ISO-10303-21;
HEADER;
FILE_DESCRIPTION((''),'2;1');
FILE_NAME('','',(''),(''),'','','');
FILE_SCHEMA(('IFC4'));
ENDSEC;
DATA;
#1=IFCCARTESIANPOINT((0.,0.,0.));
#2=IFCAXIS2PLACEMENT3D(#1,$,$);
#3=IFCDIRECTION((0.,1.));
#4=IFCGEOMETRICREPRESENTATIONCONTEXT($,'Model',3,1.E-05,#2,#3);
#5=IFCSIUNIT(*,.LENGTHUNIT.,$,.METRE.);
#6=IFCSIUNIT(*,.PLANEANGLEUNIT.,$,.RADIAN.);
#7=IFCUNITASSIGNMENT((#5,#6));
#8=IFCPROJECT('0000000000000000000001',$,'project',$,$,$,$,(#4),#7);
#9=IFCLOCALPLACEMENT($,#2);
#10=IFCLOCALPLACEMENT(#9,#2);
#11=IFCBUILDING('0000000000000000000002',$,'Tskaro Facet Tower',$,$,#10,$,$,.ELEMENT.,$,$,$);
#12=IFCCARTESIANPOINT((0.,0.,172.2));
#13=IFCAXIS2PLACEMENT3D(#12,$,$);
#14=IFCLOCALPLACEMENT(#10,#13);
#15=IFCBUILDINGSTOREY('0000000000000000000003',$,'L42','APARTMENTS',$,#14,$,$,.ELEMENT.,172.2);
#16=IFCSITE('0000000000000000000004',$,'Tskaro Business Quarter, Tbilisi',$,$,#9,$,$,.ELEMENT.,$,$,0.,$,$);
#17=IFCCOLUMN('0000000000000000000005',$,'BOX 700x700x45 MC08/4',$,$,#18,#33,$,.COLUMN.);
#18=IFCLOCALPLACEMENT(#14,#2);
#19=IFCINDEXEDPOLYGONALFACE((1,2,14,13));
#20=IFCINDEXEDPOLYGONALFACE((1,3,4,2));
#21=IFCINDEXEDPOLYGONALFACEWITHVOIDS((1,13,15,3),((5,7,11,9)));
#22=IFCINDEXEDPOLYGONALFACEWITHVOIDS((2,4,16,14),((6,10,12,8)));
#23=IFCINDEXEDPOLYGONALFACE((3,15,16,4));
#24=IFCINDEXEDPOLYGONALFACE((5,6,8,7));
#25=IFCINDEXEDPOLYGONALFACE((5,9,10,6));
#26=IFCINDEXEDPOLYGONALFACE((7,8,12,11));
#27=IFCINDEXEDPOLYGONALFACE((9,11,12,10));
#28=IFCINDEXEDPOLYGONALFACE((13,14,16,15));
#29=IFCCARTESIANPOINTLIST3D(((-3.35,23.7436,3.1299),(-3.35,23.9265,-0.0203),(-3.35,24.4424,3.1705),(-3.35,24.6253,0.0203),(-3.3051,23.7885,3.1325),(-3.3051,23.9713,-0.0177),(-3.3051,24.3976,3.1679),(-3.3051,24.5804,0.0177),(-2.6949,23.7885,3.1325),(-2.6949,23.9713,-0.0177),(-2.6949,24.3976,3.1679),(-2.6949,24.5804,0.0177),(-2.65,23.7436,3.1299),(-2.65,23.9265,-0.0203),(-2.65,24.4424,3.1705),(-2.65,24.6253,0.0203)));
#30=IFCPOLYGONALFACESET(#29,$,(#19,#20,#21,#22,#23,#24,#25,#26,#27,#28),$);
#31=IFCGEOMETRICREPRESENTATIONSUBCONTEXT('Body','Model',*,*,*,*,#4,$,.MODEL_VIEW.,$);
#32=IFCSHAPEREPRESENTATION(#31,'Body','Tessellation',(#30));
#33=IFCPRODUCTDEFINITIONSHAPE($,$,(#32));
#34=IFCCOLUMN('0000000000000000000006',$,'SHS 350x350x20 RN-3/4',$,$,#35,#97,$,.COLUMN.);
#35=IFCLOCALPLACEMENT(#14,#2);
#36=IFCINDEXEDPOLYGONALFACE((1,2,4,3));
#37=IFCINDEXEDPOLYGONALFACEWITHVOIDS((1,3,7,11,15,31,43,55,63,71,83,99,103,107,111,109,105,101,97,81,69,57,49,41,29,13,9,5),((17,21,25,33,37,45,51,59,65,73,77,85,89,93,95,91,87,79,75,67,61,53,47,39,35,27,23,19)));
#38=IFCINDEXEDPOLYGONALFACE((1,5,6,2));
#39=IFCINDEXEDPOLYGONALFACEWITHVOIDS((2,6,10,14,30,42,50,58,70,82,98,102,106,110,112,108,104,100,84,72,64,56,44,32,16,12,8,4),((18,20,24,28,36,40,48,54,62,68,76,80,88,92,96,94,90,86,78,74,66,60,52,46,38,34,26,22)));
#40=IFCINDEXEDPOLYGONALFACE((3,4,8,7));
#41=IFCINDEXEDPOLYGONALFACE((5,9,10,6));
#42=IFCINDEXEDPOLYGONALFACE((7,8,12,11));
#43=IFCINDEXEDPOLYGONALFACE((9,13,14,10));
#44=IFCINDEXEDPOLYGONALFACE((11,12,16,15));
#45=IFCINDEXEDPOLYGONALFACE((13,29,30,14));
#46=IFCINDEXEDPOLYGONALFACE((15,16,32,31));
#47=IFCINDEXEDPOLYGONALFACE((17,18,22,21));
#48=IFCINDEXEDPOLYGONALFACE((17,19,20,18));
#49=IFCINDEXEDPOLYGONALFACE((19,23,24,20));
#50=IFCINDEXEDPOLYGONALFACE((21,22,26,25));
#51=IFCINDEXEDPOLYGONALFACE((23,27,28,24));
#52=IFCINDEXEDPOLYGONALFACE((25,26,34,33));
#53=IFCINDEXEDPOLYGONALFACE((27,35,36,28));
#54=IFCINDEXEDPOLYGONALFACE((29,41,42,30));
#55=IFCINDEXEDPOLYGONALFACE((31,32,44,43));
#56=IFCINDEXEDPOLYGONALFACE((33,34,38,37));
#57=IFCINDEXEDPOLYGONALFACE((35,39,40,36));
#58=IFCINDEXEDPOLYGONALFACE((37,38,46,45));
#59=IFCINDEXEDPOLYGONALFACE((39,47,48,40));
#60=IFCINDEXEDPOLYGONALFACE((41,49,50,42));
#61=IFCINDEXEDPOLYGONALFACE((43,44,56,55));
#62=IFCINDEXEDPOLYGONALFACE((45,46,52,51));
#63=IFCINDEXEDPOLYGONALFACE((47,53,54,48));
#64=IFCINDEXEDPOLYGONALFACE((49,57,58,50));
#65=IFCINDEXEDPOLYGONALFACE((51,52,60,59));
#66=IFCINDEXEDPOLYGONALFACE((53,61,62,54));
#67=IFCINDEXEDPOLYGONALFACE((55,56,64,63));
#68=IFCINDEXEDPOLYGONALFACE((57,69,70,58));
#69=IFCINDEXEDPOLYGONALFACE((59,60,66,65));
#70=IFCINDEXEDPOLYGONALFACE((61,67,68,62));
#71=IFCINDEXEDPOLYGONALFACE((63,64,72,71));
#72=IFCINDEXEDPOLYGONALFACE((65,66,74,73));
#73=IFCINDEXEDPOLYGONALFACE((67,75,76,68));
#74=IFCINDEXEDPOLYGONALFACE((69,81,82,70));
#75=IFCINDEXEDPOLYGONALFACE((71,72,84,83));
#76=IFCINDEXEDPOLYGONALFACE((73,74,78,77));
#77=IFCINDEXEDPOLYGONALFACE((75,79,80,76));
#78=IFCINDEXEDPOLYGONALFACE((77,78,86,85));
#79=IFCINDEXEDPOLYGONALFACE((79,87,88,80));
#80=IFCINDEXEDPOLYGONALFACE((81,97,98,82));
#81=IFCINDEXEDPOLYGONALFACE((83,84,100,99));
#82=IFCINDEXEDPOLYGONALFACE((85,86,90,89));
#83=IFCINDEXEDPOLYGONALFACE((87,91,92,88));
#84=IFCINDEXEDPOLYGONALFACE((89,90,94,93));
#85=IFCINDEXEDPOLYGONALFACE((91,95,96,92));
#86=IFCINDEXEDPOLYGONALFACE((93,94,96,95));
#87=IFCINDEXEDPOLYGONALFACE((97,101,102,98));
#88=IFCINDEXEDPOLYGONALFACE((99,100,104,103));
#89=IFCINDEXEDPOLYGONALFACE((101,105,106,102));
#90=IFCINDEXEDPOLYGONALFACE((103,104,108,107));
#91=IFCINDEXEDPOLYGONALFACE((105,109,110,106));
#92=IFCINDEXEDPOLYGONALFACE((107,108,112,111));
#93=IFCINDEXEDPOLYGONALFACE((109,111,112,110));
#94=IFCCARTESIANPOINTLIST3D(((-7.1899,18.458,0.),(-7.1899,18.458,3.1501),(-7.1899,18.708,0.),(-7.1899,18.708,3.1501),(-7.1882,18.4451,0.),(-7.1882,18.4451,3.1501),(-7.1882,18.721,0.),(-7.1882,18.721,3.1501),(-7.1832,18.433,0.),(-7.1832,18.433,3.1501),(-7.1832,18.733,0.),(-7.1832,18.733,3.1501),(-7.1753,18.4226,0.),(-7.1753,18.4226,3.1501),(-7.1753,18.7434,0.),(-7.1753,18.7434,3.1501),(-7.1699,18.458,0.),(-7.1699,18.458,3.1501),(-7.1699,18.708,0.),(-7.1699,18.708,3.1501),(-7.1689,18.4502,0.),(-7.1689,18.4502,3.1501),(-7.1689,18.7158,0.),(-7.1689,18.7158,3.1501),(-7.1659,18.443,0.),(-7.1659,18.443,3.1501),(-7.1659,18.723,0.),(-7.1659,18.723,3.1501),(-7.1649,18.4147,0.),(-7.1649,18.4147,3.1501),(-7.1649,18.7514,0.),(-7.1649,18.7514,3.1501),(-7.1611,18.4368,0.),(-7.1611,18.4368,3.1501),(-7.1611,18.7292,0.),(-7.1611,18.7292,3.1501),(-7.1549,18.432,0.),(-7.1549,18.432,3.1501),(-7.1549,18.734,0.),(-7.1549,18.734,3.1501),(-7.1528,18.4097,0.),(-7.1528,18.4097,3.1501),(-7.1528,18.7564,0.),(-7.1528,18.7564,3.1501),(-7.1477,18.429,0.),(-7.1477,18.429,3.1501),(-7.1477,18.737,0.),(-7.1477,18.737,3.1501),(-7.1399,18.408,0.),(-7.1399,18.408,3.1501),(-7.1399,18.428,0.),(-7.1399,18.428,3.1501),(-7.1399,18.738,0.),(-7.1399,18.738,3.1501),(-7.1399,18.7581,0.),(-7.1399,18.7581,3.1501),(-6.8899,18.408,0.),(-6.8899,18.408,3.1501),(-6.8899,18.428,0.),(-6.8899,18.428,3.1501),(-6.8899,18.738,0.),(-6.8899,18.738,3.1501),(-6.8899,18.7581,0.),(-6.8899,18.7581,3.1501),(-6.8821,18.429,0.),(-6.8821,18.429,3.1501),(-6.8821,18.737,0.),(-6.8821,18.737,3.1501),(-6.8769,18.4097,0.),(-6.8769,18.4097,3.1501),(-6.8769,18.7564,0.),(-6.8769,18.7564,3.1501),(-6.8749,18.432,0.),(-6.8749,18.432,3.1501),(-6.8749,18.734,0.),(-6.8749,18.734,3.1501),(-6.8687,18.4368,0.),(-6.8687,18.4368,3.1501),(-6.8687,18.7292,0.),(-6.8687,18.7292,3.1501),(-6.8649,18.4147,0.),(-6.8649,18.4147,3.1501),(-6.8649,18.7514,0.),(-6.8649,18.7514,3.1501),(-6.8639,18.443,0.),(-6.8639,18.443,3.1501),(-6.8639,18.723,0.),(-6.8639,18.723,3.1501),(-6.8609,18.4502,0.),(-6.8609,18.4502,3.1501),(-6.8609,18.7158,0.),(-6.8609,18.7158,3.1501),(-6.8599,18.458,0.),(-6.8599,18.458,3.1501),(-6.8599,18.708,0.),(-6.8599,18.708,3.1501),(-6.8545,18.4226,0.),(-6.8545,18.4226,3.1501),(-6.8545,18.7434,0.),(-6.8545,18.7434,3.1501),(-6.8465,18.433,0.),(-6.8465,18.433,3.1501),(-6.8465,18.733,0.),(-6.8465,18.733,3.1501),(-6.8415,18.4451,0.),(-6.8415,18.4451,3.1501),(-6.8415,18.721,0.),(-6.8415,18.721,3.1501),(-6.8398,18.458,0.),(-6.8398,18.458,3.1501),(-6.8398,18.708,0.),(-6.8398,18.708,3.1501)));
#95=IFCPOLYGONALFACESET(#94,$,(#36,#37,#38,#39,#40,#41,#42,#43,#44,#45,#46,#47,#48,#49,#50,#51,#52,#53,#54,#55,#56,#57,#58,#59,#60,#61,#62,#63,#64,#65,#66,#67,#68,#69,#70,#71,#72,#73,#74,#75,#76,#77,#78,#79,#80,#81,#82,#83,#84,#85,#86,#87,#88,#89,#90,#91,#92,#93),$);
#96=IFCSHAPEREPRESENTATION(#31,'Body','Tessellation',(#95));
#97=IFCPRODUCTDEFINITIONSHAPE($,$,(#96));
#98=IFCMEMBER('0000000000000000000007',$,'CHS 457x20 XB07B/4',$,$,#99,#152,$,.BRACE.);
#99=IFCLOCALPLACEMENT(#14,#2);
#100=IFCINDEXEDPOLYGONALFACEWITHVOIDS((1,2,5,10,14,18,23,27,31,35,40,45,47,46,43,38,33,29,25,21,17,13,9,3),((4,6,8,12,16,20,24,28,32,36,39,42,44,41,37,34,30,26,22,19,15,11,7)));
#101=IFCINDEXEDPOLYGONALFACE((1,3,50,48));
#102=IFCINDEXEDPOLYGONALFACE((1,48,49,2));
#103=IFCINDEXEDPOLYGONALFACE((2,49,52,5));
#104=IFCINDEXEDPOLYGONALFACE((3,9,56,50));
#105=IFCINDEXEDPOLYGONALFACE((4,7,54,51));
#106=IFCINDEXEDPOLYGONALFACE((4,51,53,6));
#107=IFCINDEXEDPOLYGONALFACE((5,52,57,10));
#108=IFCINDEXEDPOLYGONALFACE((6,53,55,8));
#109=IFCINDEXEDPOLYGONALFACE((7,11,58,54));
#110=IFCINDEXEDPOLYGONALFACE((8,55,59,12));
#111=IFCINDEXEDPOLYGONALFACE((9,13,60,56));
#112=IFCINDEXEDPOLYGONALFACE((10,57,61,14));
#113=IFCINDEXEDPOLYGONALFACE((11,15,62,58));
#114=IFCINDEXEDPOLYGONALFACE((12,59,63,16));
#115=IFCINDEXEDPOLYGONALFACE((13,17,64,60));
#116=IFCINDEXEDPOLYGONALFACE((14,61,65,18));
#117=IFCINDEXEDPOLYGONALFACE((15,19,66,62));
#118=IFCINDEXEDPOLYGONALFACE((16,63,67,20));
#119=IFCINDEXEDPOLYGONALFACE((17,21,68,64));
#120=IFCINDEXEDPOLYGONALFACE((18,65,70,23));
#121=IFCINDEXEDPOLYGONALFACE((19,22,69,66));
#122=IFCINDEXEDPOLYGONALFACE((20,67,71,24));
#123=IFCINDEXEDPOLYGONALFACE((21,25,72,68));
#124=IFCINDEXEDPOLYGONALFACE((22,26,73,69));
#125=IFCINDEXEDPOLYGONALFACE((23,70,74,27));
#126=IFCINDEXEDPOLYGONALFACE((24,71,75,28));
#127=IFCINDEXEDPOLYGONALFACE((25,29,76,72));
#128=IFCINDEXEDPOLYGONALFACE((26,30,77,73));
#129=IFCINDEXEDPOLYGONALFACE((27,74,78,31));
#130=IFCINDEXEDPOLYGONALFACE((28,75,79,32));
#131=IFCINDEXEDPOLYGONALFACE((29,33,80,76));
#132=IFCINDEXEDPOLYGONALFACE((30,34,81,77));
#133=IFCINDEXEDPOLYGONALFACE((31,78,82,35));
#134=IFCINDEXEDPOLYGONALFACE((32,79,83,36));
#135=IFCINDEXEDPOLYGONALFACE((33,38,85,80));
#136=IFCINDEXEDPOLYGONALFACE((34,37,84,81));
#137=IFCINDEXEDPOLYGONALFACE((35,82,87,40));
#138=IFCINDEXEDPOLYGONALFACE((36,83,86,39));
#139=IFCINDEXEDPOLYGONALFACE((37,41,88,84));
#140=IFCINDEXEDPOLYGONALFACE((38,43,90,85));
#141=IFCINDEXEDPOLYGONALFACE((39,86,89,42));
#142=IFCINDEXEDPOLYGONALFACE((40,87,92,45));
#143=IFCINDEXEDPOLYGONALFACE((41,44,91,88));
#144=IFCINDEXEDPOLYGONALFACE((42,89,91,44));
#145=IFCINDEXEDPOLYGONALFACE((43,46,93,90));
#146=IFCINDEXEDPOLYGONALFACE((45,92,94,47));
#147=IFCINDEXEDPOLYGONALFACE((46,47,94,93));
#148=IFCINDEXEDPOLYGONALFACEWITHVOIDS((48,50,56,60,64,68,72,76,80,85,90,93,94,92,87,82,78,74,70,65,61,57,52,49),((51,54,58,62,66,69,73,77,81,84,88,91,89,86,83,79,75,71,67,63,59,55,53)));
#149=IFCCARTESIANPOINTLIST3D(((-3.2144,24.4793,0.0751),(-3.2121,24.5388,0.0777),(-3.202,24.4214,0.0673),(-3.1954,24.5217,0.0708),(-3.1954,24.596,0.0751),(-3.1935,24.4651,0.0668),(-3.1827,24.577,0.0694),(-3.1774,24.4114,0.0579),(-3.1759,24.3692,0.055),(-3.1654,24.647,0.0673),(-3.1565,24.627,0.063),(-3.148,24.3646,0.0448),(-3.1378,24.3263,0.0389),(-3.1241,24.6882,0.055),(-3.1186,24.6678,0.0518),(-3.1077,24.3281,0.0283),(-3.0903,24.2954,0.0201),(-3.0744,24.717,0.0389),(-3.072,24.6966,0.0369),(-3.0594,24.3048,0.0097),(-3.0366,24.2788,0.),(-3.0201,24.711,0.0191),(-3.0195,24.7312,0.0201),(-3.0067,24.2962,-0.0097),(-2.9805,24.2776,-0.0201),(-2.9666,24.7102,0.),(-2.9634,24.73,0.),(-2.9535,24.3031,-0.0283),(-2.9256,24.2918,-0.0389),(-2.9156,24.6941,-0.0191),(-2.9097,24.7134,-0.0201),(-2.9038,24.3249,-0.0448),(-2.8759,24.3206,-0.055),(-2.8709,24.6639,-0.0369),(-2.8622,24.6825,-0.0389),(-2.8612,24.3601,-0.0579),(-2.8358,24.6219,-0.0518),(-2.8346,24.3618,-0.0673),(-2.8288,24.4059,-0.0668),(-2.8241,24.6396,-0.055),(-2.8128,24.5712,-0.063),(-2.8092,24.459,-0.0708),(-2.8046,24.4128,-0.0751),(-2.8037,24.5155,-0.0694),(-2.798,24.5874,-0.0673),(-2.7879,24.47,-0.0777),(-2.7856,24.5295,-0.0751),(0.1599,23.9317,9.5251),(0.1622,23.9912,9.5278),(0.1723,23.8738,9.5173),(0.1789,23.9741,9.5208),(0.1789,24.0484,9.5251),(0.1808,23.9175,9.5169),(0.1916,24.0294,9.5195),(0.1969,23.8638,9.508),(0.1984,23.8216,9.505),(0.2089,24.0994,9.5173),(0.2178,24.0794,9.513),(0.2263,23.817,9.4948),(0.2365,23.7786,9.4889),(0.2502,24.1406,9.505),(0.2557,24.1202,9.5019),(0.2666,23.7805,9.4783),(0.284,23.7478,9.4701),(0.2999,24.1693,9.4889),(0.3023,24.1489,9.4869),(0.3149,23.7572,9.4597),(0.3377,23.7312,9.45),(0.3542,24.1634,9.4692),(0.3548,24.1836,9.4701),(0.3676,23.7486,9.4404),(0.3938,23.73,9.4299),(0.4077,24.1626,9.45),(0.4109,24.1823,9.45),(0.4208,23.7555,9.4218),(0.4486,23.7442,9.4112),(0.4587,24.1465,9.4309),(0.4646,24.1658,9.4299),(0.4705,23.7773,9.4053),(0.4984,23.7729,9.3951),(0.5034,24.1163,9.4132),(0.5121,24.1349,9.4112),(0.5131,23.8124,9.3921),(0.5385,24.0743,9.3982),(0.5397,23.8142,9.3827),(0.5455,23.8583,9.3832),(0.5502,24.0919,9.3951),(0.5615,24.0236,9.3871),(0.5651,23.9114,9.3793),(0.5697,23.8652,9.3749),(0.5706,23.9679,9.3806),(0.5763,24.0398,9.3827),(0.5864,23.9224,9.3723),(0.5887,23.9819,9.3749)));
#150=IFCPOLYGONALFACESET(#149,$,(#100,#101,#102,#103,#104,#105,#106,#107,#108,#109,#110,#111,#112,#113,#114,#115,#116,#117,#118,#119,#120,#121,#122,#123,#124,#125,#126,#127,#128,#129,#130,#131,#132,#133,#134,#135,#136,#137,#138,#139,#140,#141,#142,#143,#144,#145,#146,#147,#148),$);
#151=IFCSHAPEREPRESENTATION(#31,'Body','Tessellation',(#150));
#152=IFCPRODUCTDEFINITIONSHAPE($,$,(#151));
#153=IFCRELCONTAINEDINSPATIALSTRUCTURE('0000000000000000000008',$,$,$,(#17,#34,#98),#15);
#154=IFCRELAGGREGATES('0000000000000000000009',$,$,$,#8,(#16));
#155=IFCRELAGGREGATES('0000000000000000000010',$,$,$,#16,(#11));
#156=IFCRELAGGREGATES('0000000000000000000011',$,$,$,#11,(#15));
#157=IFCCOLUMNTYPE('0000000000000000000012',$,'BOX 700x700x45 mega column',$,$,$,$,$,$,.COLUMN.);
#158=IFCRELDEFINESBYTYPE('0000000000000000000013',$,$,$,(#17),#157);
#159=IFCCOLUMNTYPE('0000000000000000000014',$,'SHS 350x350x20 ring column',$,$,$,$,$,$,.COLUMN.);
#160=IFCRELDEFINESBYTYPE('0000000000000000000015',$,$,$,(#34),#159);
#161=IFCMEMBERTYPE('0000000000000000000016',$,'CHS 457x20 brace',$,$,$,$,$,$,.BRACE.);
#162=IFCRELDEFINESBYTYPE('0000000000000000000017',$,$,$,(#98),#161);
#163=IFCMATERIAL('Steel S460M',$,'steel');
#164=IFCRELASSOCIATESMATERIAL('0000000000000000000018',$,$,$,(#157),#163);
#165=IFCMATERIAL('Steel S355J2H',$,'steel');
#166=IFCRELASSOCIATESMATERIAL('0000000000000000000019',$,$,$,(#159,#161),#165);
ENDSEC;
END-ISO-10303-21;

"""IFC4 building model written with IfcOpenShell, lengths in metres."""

from ifc_helpers import new_model, si_unit, direction, frame, origin, origin_2d, place, context, subcontext, project, spatial, hollow_rectangle, hollow_circle, extrude, material, material_profile, profile_set, type_object, element, save


model = new_model("IFC4")

# Units and contexts
model_context = context("Model", 3, precision=1e-05, world=origin(), true_north=direction((0.0, 1.0)))
body_context = subcontext(model_context, "Body", "Model", "MODEL_VIEW")
ifc_project = project(units=[si_unit("LENGTHUNIT", "METRE"), si_unit("PLANEANGLEUNIT", "RADIAN")], contexts=[model_context])

# Site, building, storey
site_placement = place(None, origin())
site = spatial("IfcSite", under=ifc_project, at=site_placement, Name="Tskaro Business Quarter, Tbilisi", CompositionType="ELEMENT", RefElevation=0.0)
building_placement = place(site_placement, origin())
building = spatial("IfcBuilding", under=site, at=building_placement, Name="Tskaro Facet Tower", CompositionType="ELEMENT")
storey_placement = place(building_placement, frame((0.0, 0.0, 172.2)))
storey = spatial("IfcBuildingStorey", under=building, at=storey_placement, Name="L42", Description="APARTMENTS", CompositionType="ELEMENT", Elevation=172.2)

# Columns
ifc_material_1 = material(Name="Steel S460M", Category="steel")
ifc_material_profile_1 = material_profile(ifc_material_1, hollow_rectangle(XDim=0.7, YDim=0.7, WallThickness=0.0449, at=origin_2d()), Name="BOX 700x700x45")
ifc_profile_set_1 = profile_set([ifc_material_profile_1], Name="Steel S460M")
column_type_1 = type_object("IfcColumnType", Name="BOX 700x700x45 mega column", PredefinedType="COLUMN", material=ifc_profile_set_1)
column_1_placement = place(storey_placement, frame((-3.0, 24.2759, 0.0), z_axis=(0.0, -0.057951, 0.998319), x_axis=(1.0, 0.0, 0.0)))
element("IfcColumn", 1, at=column_1_placement, inside=storey, type_object=column_type_1, Name="BOX 700x700x45 MC08/4", PredefinedType="COLUMN", context=body_context, shape_type="SweptSolid", body=[
    extrude(hollow_rectangle(XDim=0.7, YDim=0.7, WallThickness=0.0449, at=origin_2d()), origin(), (0.0, 0.0, 1.0), 3.1555),
])
ifc_material_2 = material(Name="Steel S355J2H", Category="steel")
ifc_material_profile_2 = material_profile(ifc_material_2, hollow_rectangle(XDim=0.3501, YDim=0.3501, WallThickness=0.02, InnerFilletRadius=0.03, OuterFilletRadius=0.05, at=origin_2d()), Name="SHS 350x350x20")
ifc_profile_set_2 = profile_set([ifc_material_profile_2], Name="Steel S355J2H")
column_type_2 = type_object("IfcColumnType", Name="SHS 350x350x20 ring column", PredefinedType="COLUMN", material=ifc_profile_set_2)
column_2_placement = place(storey_placement, frame((-7.0149, 18.583, 0.0), z_axis=(0.0, 0.0, 1.0), x_axis=(1.0, 0.0, 0.0)))
element("IfcColumn", 2, at=column_2_placement, inside=storey, type_object=column_type_2, Name="SHS 350x350x20 RN-3/4", PredefinedType="COLUMN", context=body_context, shape_type="SweptSolid", body=[
    extrude(hollow_rectangle(XDim=0.3501, YDim=0.3501, WallThickness=0.02, InnerFilletRadius=0.03, OuterFilletRadius=0.05, at=origin_2d()), origin(), (0.0, 0.0, 1.0), 3.1501),
])

# Member
ifc_material_profile_3 = material_profile(ifc_material_2, hollow_circle(Radius=0.2285, WallThickness=0.02, at=origin_2d()), Name="CHS 457x20")
ifc_profile_set_3 = profile_set([ifc_material_profile_3], Name="Steel S355J2H")
member_type_1 = type_object("IfcMemberType", Name="CHS 457x20 brace", PredefinedType="BRACE", material=ifc_profile_set_3)
for number, where, z_axis, x_axis, name in (
    (3, (-3.0, 24.5044, 0.0), (0.335774, -0.054492, 0.940365), (0.160193, 0.987086, 0.0), "CHS 457x20 XB07B/4"),
):
    element("IfcMember", number, at=place(storey_placement, frame(where, z_axis=z_axis, x_axis=x_axis)), inside=storey, type_object=member_type_1, Name=name, PredefinedType="BRACE", context=body_context, shape_type="SweptSolid", body=[
        extrude(hollow_circle(Radius=0.2285, WallThickness=0.02, at=origin_2d()), origin(), (0.0, 0.0, 1.0), 10.0493),
    ])

save(model, "model.ifc")
